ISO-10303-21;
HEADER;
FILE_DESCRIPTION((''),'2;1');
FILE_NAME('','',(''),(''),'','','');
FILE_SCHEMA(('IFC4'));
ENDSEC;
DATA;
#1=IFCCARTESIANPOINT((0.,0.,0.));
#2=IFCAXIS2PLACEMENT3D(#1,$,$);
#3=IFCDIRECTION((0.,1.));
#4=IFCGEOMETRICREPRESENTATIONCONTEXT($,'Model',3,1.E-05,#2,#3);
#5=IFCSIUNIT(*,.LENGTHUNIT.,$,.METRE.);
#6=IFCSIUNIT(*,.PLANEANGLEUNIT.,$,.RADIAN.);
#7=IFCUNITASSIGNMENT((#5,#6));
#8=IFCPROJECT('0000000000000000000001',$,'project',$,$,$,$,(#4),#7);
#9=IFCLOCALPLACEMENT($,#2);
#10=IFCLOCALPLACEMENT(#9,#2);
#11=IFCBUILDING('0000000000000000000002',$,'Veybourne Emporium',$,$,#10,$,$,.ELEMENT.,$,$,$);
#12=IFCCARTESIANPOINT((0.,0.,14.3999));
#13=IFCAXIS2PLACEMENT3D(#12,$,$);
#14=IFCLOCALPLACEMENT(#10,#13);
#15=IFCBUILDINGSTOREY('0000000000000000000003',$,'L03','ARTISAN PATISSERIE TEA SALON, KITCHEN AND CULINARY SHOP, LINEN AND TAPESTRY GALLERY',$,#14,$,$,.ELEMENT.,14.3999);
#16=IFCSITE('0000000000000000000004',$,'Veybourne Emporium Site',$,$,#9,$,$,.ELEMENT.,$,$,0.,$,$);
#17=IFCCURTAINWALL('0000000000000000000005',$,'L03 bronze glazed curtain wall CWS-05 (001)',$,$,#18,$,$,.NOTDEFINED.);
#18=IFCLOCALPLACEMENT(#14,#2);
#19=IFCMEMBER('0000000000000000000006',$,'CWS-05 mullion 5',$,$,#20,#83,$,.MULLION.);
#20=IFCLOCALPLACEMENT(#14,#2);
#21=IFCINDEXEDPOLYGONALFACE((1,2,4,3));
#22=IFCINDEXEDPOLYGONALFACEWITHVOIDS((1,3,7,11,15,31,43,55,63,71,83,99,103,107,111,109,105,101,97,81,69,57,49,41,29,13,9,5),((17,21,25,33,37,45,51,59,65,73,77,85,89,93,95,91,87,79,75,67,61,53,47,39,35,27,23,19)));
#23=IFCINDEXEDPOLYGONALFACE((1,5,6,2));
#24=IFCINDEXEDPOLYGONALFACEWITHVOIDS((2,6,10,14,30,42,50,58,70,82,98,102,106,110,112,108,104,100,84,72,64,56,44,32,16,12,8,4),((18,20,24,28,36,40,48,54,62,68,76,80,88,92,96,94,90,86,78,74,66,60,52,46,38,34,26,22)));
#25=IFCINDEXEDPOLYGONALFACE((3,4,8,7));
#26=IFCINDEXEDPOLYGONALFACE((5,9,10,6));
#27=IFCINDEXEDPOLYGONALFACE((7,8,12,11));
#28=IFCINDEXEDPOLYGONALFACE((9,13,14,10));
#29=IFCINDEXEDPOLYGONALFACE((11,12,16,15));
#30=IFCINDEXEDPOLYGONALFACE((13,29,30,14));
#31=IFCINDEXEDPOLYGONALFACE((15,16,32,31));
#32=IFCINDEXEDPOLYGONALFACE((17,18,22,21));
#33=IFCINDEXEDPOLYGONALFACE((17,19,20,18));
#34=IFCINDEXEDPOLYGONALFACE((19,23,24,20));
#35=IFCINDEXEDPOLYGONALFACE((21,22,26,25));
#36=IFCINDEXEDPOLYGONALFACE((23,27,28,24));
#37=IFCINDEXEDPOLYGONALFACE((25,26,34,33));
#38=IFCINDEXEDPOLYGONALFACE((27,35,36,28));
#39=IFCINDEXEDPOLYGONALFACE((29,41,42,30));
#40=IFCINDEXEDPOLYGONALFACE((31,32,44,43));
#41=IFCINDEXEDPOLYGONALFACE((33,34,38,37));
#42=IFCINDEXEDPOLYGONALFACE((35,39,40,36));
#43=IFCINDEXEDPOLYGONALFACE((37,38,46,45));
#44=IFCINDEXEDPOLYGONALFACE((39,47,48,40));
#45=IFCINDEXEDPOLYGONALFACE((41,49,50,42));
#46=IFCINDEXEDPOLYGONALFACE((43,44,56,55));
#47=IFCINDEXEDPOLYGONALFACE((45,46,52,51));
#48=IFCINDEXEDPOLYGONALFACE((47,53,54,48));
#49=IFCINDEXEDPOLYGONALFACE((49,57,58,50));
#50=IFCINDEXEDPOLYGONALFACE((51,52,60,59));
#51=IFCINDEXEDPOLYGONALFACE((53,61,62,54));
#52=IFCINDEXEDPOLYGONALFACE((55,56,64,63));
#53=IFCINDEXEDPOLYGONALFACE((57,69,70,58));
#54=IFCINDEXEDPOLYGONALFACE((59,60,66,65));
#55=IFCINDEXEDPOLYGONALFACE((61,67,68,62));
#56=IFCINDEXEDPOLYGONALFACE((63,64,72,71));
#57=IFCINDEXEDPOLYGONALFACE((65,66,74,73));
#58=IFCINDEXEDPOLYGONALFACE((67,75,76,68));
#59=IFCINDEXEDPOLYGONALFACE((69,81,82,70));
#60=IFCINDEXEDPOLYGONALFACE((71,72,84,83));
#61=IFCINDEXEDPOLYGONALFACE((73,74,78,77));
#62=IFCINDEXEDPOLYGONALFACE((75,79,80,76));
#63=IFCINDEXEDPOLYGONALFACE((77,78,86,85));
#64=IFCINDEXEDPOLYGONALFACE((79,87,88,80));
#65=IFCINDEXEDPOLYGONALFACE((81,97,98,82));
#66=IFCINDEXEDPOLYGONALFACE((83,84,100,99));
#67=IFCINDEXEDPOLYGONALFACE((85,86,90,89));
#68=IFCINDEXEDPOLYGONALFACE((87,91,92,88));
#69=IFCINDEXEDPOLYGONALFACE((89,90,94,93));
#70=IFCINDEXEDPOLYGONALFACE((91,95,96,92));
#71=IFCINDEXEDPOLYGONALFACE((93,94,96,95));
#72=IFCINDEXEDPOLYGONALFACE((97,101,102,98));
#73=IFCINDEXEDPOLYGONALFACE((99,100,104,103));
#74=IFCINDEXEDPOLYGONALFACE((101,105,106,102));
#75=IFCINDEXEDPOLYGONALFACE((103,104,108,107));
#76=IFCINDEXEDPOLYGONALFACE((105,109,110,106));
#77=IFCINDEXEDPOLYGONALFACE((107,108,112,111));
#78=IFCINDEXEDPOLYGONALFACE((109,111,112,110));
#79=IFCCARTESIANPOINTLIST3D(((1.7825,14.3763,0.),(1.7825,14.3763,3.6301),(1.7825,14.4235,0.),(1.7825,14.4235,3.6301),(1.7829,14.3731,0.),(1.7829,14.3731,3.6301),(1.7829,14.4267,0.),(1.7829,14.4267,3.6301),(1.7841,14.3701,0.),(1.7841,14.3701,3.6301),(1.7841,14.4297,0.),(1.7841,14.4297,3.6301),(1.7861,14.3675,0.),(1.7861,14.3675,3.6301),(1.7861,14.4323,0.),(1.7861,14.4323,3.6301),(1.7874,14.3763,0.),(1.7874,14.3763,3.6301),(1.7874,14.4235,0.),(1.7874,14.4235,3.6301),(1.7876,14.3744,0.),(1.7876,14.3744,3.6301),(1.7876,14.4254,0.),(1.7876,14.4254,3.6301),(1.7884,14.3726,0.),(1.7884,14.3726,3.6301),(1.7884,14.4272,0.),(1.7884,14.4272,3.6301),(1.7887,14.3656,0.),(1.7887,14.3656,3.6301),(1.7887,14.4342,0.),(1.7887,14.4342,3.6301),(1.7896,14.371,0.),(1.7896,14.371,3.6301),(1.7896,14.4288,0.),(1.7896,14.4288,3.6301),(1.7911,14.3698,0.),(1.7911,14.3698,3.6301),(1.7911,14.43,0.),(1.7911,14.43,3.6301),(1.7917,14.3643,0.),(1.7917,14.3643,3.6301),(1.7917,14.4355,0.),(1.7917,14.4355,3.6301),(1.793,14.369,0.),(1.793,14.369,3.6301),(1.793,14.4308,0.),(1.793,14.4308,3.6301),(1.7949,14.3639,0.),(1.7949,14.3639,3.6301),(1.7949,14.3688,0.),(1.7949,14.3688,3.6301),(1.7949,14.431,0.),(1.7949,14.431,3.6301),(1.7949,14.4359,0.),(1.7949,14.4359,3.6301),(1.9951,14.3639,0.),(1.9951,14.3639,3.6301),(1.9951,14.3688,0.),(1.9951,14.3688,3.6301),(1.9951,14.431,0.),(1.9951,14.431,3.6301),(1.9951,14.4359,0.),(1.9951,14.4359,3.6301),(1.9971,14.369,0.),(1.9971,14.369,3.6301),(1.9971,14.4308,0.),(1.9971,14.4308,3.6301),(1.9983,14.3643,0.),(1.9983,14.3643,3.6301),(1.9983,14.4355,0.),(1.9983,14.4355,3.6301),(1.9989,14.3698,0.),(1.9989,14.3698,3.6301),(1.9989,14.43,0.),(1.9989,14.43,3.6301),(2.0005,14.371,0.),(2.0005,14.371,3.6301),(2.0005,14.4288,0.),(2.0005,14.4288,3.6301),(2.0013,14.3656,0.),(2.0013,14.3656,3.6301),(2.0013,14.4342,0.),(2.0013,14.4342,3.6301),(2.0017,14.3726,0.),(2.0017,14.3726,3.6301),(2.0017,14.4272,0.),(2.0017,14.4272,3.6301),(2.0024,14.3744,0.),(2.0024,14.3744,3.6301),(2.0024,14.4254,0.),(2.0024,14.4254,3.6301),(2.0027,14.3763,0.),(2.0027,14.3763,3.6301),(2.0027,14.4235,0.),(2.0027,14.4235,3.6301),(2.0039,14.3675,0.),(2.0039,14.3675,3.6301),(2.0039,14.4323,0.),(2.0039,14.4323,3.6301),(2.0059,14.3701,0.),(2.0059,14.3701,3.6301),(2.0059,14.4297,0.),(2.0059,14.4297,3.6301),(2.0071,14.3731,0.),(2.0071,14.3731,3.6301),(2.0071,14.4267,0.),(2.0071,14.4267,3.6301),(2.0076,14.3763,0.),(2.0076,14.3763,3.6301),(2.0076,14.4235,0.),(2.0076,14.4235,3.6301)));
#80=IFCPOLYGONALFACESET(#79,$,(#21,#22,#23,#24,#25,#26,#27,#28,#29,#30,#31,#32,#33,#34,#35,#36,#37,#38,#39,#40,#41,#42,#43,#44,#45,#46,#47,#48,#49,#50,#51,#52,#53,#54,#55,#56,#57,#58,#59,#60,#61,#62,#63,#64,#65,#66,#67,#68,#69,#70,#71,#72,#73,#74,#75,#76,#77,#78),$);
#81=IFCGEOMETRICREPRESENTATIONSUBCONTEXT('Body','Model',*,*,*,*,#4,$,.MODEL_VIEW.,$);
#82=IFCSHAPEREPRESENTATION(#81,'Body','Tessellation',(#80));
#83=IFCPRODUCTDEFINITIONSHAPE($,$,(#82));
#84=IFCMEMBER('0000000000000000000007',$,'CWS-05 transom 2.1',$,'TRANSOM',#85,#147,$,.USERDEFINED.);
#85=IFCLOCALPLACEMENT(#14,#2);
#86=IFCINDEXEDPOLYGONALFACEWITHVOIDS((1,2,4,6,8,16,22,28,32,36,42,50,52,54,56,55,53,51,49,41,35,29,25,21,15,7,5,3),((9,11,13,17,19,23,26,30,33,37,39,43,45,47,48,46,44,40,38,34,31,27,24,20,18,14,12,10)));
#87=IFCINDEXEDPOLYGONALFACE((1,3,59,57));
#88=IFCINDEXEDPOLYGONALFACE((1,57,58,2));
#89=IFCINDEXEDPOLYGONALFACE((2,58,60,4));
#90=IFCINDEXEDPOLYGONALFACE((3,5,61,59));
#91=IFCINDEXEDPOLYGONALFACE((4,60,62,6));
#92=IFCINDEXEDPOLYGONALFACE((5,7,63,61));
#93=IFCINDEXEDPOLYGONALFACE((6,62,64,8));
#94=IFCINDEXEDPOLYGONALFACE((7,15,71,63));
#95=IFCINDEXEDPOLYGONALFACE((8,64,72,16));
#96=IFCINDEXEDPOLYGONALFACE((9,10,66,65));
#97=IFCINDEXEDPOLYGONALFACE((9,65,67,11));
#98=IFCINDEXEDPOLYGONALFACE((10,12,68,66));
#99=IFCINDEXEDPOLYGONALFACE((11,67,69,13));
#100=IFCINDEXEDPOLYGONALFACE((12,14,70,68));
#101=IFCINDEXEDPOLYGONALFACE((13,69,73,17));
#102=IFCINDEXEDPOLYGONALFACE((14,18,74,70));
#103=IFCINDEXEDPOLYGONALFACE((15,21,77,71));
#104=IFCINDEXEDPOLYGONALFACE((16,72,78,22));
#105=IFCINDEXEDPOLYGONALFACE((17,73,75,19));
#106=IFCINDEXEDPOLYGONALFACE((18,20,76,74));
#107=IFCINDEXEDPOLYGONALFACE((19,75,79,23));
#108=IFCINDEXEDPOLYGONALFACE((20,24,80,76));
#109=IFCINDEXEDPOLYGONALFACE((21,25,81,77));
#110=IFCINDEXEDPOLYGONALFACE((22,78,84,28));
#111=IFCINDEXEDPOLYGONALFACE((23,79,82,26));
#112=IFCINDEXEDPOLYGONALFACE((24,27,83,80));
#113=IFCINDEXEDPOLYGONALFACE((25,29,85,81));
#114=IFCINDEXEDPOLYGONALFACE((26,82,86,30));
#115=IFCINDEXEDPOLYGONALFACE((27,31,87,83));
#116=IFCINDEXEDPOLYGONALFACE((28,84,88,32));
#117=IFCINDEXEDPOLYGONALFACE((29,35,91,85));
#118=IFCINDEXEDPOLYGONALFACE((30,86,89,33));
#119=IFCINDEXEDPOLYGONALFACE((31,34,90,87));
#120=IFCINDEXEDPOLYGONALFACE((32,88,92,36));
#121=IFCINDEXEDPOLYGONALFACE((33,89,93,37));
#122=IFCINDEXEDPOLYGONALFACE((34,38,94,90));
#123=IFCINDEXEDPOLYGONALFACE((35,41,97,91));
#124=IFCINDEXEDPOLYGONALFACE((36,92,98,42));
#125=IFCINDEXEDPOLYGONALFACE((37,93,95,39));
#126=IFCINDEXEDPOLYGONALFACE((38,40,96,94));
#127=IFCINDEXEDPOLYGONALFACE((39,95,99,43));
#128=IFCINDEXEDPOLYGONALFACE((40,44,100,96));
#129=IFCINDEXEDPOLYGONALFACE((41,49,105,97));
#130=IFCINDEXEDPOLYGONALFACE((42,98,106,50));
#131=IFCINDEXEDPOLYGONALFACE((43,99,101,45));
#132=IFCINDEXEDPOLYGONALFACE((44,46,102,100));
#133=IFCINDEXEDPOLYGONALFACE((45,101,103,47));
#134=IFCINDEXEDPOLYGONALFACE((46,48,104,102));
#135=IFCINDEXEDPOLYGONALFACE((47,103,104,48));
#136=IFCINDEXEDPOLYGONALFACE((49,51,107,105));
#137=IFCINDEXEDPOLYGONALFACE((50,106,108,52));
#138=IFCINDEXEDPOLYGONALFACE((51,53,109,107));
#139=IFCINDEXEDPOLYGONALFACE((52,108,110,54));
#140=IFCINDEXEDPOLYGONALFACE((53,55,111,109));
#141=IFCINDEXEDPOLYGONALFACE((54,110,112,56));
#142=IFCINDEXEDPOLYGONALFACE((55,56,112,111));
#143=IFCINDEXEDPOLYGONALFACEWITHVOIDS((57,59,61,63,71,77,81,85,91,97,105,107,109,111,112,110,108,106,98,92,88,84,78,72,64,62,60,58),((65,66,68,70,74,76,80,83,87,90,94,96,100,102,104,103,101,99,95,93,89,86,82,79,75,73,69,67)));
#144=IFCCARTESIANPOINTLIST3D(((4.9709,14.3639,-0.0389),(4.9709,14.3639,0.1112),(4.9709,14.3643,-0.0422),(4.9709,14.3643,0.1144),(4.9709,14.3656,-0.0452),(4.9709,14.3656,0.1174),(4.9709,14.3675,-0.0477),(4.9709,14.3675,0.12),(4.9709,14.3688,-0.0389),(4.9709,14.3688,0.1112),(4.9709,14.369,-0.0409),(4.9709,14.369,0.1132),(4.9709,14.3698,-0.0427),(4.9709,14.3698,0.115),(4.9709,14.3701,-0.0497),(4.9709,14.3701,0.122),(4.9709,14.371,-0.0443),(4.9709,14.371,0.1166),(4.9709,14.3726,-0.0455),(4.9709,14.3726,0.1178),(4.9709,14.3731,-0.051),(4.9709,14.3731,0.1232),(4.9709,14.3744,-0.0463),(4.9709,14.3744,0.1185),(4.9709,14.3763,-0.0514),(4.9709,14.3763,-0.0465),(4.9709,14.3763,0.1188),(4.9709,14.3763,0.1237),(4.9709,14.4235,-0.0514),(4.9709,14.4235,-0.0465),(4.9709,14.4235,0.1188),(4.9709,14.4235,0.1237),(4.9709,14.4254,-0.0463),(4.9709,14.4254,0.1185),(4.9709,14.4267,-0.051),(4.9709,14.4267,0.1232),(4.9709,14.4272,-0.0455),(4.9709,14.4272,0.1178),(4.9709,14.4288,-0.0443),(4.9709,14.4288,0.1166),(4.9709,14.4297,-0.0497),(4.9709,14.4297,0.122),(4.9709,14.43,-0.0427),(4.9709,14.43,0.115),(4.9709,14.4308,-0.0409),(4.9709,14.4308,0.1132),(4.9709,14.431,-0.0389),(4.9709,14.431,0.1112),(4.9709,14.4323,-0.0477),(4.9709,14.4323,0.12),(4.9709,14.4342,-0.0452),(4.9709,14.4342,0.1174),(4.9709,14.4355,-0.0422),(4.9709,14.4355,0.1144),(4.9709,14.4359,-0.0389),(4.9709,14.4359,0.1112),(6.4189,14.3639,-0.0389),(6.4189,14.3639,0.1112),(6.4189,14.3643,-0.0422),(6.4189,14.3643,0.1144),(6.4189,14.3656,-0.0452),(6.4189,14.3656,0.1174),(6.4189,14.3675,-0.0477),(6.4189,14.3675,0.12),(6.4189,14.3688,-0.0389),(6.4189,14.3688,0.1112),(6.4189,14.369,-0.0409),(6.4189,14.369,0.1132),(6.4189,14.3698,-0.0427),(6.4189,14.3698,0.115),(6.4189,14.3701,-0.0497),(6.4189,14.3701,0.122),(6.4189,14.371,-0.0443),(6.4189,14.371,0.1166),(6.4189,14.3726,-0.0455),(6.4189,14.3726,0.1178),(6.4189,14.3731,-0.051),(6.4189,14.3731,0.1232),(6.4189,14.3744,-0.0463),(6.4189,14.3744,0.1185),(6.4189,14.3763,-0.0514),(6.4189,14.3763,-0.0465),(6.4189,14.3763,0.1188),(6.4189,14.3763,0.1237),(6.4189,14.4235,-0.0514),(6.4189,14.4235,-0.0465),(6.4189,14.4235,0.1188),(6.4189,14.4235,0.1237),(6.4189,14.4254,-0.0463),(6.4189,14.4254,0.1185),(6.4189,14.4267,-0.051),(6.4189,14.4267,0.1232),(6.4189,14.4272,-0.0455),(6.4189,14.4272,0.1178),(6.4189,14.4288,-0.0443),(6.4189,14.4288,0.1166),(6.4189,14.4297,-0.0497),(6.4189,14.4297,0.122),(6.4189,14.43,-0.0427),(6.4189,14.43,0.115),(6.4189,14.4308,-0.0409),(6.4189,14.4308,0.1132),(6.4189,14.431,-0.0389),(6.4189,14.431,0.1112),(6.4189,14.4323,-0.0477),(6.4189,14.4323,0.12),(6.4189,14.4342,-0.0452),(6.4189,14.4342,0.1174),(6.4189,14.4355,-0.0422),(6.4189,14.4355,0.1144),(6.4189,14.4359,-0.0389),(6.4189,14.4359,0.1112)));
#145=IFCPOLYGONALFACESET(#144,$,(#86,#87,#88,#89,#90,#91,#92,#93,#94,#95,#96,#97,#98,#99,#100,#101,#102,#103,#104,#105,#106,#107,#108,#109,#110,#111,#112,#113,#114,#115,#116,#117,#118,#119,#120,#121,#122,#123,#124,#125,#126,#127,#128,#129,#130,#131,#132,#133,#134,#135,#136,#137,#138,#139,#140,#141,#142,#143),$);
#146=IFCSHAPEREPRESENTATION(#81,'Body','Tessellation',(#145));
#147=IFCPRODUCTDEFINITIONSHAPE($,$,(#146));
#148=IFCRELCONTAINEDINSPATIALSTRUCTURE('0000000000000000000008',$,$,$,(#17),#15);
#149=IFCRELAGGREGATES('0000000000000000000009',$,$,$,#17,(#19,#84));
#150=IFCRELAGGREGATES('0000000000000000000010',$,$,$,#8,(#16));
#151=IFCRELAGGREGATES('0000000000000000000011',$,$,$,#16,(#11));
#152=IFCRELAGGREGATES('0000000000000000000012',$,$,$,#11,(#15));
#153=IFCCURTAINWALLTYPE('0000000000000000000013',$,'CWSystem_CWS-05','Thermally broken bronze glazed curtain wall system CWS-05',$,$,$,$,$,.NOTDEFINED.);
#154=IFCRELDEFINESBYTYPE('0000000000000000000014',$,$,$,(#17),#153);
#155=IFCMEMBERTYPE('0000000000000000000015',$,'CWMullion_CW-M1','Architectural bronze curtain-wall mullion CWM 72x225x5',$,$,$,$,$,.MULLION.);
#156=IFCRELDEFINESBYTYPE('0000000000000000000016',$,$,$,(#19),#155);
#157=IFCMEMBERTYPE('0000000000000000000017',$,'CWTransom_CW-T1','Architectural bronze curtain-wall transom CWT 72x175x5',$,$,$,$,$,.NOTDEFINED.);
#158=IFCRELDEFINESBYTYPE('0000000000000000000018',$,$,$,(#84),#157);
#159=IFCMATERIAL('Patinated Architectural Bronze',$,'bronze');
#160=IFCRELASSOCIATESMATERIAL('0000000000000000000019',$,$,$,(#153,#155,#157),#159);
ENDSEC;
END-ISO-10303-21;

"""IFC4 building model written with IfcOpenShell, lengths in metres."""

from ifc_helpers import new_model, si_unit, direction, frame, origin, origin_2d, place, context, subcontext, project, spatial, hollow_rectangle, extrude, material, material_profile, profile_set, type_object, element, aggregate, save


model = new_model("IFC4")

# Units and contexts
model_context = context("Model", 3, precision=1e-05, world=origin(), true_north=direction((0.0, 1.0)))
body_context = subcontext(model_context, "Body", "Model", "MODEL_VIEW")
ifc_project = project(units=[si_unit("LENGTHUNIT", "METRE"), si_unit("PLANEANGLEUNIT", "RADIAN")], contexts=[model_context])

# Site, building, storey
site_placement = place(None, origin())
site = spatial("IfcSite", under=ifc_project, at=site_placement, Name="Veybourne Emporium Site", CompositionType="ELEMENT", RefElevation=0.0)
building_placement = place(site_placement, origin())
building = spatial("IfcBuilding", under=site, at=building_placement, Name="Veybourne Emporium", CompositionType="ELEMENT")
storey_placement = place(building_placement, frame((0.0, 0.0, 14.3999)))
storey = spatial("IfcBuildingStorey", under=building, at=storey_placement, Name="L03", Description="ARTISAN PATISSERIE TEA SALON, KITCHEN AND CULINARY SHOP, LINEN AND TAPESTRY GALLERY", CompositionType="ELEMENT", Elevation=14.3999)

# Curtain wall, members
ifc_material_1 = material(Name="Patinated Architectural Bronze", Category="bronze")
curtain_wall_type = type_object("IfcCurtainWallType", Name="CWSystem_CWS-05", Description="Thermally broken bronze glazed curtain wall system CWS-05", PredefinedType="NOTDEFINED", material=ifc_material_1)
curtain_wall_placement = place(storey_placement, origin())
curtain_wall = element("IfcCurtainWall", 1, at=curtain_wall_placement, inside=storey, type_object=curtain_wall_type, Name="L03 bronze glazed curtain wall CWS-05 (001)", PredefinedType="NOTDEFINED")
ifc_material_profile_1 = material_profile(ifc_material_1, hollow_rectangle(XDim=0.072, YDim=0.2251, WallThickness=0.0049, InnerFilletRadius=0.0076, OuterFilletRadius=0.0125, at=origin_2d()), Name="CWM 72x225x5")
ifc_profile_set_1 = profile_set([ifc_material_profile_1], Name="Patinated Architectural Bronze")
member_type_1 = type_object("IfcMemberType", Name="CWMullion_CW-M1", Description="Architectural bronze curtain-wall mullion CWM 72x225x5", PredefinedType="MULLION", material=ifc_profile_set_1)
member_1_placement = place(storey_placement, frame((1.895, 14.3999, 0.0), z_axis=(0.0, 0.0, 1.0), x_axis=(0.0, -1.0, 0.0)))
member_1 = element("IfcMember", 2, at=member_1_placement, type_object=member_type_1, Name="CWS-05 mullion 5", PredefinedType="MULLION", context=body_context, shape_type="SweptSolid", body=[
    extrude(hollow_rectangle(XDim=0.072, YDim=0.2251, WallThickness=0.0049, InnerFilletRadius=0.0076, OuterFilletRadius=0.0125, at=origin_2d()), origin(), (0.0, 0.0, 1.0), 3.6301),
])
ifc_material_profile_2 = material_profile(ifc_material_1, hollow_rectangle(XDim=0.072, YDim=0.175, WallThickness=0.0049, InnerFilletRadius=0.0076, OuterFilletRadius=0.0125, at=origin_2d()), Name="CWT 72x175x5")
ifc_profile_set_2 = profile_set([ifc_material_profile_2], Name="Patinated Architectural Bronze")
member_type_2 = type_object("IfcMemberType", Name="CWTransom_CW-T1", Description="Architectural bronze curtain-wall transom CWT 72x175x5", PredefinedType="NOTDEFINED", material=ifc_profile_set_2)
member_2_placement = place(storey_placement, frame((6.4189, 14.3999, 0.0361), z_axis=(-1.0, 0.0, 0.0), x_axis=(0.0, -1.0, 0.0)))
member_2 = element("IfcMember", 3, at=member_2_placement, type_object=member_type_2, Name="CWS-05 transom 2.1", ObjectType="TRANSOM", PredefinedType="USERDEFINED", context=body_context, shape_type="SweptSolid", body=[
    extrude(hollow_rectangle(XDim=0.072, YDim=0.175, WallThickness=0.0049, InnerFilletRadius=0.0076, OuterFilletRadius=0.0125, at=origin_2d()), origin(), (0.0, 0.0, 1.0), 1.448),
])
aggregate(curtain_wall, [member_1, member_2])

save(model, "model.ifc")
